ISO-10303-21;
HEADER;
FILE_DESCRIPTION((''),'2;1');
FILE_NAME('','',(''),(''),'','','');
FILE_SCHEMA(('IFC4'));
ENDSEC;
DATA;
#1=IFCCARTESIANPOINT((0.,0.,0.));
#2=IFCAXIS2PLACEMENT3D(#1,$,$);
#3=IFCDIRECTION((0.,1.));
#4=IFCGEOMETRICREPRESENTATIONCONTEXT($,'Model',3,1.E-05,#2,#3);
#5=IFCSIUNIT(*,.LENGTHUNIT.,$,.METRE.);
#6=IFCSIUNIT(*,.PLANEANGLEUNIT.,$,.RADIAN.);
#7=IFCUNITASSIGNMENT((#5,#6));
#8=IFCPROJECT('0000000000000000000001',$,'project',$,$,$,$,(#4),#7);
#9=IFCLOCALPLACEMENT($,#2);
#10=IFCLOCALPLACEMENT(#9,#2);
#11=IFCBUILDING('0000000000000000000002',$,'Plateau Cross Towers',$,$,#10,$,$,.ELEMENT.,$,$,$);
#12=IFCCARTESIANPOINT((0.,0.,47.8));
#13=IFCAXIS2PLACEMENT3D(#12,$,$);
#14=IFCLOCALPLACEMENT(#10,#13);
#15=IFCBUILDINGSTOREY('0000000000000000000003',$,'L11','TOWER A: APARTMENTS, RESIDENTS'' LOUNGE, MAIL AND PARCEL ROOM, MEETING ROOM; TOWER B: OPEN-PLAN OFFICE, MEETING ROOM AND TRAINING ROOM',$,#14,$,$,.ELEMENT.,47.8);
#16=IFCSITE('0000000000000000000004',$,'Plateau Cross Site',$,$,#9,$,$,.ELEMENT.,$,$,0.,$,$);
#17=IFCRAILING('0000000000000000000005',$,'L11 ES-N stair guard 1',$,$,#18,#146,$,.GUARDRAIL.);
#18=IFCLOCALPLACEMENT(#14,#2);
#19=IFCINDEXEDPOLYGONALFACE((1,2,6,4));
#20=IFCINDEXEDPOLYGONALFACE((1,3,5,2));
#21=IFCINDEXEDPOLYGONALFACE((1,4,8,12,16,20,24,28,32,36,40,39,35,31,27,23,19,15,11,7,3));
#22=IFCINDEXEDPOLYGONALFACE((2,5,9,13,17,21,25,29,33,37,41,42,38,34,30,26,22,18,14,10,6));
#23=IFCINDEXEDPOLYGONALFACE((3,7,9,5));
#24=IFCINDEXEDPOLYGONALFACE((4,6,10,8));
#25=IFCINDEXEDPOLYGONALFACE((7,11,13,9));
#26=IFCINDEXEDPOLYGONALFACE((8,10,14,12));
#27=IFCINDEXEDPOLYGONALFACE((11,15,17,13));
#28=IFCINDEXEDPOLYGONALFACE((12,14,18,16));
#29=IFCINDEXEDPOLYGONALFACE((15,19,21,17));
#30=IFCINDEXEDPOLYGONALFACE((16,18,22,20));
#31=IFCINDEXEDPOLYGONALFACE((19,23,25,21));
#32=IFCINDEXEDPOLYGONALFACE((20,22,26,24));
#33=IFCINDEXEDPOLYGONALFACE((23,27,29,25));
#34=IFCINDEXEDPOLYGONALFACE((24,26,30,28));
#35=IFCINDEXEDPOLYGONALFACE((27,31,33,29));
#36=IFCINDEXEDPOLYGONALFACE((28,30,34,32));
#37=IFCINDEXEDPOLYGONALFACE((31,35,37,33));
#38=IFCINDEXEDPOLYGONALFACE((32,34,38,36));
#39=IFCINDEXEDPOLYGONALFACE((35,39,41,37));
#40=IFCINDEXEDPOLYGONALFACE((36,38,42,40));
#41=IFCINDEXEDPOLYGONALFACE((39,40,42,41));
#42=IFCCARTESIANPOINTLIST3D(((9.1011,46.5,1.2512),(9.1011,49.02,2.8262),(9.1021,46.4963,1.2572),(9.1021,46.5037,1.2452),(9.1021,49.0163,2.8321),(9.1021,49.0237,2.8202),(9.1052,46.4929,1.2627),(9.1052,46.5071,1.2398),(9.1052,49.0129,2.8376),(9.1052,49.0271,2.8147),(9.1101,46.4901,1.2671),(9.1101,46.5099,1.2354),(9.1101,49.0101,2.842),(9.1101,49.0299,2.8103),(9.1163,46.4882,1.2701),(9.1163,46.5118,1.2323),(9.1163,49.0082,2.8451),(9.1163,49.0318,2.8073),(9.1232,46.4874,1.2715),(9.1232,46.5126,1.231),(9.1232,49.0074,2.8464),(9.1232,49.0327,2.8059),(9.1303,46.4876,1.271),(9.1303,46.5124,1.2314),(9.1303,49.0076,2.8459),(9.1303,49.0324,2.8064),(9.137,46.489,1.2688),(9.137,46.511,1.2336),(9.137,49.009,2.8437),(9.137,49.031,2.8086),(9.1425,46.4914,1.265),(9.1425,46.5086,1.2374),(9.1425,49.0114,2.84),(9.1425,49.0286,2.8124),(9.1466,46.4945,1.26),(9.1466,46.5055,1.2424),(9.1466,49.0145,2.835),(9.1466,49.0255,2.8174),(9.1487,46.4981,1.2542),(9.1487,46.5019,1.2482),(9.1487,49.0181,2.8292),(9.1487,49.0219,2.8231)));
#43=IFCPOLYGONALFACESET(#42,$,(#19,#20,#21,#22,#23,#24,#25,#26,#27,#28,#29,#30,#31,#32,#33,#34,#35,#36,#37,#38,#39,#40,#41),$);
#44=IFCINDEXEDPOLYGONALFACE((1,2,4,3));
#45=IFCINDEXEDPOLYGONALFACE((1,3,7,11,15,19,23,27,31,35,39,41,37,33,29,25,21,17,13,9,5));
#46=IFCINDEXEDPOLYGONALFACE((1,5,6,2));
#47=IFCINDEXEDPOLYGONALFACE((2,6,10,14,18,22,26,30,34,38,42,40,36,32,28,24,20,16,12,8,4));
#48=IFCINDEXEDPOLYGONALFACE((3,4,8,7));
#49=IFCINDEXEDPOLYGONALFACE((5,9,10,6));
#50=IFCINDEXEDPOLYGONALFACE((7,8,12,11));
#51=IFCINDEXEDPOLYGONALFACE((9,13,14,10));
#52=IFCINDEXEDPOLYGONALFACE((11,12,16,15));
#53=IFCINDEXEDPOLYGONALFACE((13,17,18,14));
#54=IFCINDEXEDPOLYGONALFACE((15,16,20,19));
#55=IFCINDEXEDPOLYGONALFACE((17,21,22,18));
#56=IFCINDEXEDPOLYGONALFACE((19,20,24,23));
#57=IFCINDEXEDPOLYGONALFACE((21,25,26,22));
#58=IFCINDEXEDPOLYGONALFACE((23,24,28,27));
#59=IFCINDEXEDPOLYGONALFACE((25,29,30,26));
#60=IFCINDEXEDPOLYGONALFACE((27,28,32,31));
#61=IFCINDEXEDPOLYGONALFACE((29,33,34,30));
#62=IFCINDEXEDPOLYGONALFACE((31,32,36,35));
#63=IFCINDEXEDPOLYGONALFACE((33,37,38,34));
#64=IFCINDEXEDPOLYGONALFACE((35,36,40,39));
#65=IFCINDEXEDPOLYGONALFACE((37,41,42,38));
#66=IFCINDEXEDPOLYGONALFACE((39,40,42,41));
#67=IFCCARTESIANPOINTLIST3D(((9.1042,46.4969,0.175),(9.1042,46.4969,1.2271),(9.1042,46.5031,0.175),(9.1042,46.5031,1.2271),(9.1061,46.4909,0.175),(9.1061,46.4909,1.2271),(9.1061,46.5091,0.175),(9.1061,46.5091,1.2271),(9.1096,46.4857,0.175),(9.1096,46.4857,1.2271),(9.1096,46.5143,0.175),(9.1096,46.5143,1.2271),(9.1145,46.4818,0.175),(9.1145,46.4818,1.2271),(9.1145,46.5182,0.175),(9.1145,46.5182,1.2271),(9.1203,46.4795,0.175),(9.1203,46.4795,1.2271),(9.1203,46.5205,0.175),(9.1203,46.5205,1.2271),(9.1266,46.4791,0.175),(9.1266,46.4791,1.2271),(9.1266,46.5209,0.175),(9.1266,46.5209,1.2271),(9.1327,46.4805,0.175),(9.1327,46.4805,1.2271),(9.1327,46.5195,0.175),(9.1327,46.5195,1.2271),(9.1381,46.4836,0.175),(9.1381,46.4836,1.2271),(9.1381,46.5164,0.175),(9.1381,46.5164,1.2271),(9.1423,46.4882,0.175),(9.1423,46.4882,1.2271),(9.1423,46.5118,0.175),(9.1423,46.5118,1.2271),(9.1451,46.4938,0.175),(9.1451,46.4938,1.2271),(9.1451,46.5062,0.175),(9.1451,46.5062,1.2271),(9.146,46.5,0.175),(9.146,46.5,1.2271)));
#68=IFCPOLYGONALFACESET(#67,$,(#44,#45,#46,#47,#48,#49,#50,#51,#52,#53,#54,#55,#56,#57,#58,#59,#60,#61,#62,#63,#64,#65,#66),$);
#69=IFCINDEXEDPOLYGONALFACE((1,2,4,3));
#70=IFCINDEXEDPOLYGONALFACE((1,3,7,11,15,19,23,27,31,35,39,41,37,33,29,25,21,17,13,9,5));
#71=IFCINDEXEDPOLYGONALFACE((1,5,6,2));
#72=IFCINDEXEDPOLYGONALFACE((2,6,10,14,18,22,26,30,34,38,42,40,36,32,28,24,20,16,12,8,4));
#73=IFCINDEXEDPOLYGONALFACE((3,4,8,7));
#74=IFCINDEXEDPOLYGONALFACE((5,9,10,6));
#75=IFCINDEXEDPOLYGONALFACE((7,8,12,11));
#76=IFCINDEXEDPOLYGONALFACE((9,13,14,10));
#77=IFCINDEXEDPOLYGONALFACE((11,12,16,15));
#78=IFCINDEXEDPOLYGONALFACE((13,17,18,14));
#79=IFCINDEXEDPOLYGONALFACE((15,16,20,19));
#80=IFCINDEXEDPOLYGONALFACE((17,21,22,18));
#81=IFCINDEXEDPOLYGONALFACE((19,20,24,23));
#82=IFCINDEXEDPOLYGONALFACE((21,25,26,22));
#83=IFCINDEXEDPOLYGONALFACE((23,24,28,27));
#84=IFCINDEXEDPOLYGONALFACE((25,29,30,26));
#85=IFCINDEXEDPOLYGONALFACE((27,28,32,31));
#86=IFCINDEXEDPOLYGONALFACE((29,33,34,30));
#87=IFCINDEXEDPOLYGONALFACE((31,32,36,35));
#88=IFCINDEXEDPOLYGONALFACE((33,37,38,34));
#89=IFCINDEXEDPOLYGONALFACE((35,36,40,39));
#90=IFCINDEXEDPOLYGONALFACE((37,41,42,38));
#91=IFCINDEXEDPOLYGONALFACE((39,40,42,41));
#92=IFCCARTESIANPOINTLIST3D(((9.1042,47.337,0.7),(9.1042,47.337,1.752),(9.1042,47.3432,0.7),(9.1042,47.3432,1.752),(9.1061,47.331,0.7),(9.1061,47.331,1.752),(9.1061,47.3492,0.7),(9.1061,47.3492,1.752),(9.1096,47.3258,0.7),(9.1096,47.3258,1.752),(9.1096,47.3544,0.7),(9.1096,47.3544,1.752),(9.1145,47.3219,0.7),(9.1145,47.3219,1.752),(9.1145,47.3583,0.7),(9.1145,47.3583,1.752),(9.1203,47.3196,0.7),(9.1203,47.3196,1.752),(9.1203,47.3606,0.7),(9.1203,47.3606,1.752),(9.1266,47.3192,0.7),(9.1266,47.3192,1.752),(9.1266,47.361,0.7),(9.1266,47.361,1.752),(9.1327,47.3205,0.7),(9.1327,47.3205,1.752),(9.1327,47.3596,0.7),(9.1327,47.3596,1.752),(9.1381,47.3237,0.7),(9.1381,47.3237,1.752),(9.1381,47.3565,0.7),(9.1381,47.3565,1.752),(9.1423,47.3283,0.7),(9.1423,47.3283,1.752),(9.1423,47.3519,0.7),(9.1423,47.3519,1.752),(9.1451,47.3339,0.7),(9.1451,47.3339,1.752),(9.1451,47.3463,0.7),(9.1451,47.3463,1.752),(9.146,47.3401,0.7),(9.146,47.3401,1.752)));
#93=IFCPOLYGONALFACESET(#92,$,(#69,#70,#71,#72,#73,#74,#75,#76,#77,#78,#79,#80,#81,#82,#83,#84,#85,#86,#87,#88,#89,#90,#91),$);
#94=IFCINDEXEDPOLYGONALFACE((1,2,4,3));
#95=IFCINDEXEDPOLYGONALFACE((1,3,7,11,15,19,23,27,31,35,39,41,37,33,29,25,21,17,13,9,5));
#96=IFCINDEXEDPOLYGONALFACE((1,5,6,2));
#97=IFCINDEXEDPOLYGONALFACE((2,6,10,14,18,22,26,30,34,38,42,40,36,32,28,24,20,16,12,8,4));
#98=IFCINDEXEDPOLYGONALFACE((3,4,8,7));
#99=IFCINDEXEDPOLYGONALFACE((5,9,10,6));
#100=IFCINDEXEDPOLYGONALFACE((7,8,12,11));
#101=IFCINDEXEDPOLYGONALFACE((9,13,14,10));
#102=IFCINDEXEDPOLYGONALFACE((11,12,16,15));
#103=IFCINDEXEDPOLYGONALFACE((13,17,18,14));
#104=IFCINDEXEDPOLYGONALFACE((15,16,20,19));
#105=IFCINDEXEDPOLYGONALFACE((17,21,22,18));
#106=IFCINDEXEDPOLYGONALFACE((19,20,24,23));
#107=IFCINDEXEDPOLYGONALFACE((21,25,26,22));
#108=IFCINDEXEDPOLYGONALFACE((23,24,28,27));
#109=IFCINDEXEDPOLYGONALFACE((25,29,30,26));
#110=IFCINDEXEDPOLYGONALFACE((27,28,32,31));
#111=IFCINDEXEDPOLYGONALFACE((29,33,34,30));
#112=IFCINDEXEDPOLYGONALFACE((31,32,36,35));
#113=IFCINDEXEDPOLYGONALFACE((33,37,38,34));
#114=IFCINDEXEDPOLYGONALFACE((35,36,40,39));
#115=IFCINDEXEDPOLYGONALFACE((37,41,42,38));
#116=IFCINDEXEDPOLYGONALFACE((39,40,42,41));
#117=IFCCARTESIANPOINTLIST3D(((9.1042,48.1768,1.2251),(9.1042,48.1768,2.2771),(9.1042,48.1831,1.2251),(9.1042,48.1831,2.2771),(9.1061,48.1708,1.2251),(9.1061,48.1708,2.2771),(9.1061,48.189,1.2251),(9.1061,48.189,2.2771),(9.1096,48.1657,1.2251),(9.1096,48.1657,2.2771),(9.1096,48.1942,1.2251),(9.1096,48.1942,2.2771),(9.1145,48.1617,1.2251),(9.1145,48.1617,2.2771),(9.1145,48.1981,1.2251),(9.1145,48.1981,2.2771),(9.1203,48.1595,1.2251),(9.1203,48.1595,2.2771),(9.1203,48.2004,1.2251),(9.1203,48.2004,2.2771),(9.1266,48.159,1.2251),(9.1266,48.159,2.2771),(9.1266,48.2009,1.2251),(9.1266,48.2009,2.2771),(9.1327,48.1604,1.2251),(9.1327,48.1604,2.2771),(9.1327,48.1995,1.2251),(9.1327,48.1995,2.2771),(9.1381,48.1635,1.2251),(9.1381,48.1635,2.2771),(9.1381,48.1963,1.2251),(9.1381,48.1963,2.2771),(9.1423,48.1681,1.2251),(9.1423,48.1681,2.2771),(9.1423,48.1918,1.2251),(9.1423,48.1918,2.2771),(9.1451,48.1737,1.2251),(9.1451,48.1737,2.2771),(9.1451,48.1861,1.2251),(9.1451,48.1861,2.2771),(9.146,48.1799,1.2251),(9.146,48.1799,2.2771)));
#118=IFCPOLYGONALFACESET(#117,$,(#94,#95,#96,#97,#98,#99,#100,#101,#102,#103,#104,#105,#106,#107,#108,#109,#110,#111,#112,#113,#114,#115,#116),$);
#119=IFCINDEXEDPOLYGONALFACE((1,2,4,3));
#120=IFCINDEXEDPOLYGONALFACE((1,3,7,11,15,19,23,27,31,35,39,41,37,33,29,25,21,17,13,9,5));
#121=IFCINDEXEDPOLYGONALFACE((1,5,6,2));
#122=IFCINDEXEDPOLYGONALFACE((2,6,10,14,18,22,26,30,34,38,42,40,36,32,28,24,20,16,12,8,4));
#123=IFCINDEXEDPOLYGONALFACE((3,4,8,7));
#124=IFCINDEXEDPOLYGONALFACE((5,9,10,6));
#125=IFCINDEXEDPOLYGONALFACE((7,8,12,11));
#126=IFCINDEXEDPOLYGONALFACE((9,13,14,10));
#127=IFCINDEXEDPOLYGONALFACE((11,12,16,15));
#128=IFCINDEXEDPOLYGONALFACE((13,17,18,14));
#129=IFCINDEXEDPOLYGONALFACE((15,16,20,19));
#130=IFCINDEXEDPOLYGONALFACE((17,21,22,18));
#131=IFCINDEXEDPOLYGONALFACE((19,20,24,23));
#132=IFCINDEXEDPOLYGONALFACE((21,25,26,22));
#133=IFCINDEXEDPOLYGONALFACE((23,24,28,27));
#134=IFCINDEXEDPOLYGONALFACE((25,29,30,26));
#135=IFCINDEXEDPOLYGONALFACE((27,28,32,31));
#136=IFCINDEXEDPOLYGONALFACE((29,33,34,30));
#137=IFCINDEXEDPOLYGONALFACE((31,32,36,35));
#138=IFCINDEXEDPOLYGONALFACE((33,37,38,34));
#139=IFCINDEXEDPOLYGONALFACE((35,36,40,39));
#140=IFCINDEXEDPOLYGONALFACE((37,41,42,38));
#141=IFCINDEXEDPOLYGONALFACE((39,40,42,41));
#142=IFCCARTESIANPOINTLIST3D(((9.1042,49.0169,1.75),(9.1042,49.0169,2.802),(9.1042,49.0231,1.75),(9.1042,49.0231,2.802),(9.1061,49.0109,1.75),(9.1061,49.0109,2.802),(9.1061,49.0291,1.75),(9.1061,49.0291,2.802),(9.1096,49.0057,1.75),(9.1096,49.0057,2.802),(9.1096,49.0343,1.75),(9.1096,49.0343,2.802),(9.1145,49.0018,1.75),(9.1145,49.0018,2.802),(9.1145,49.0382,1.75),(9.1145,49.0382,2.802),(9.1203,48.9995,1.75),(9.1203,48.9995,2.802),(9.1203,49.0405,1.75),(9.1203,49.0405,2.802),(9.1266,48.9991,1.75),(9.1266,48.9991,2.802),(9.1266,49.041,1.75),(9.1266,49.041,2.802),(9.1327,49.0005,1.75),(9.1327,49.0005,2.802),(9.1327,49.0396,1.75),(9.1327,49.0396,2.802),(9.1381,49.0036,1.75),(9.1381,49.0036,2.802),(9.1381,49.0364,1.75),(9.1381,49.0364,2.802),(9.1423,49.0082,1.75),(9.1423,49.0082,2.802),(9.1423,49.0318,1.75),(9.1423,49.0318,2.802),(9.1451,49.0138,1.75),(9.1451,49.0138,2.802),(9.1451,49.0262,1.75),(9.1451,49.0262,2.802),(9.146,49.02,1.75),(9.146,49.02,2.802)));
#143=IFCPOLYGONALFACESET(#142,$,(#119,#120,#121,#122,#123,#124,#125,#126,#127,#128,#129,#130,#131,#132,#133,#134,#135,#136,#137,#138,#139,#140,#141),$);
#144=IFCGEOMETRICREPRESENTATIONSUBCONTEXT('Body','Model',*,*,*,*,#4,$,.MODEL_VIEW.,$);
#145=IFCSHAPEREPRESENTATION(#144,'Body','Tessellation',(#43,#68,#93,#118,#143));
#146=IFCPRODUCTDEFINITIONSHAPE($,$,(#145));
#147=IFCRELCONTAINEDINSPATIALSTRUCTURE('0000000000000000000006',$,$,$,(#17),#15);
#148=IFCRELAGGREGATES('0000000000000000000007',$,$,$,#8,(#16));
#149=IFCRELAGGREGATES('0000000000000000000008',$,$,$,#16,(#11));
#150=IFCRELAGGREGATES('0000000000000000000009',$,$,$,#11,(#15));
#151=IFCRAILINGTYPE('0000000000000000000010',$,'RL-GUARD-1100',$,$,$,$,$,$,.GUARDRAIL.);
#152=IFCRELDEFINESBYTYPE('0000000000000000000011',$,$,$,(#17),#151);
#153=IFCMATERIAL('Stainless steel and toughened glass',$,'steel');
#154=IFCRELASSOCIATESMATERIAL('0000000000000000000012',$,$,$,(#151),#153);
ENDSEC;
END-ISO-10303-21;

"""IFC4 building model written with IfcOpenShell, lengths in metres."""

from ifc_helpers import new_model, si_unit, direction, frame, origin, origin_2d, place, context, subcontext, project, spatial, circle, extrude, material, type_object, element, save


model = new_model("IFC4")

# Units and contexts
model_context = context("Model", 3, precision=1e-05, world=origin(), true_north=direction((0.0, 1.0)))
body_context = subcontext(model_context, "Body", "Model", "MODEL_VIEW")
ifc_project = project(units=[si_unit("LENGTHUNIT", "METRE"), si_unit("PLANEANGLEUNIT", "RADIAN")], contexts=[model_context])

# Site, building, storey
site_placement = place(None, origin())
site = spatial("IfcSite", under=ifc_project, at=site_placement, Name="Plateau Cross Site", CompositionType="ELEMENT", RefElevation=0.0)
building_placement = place(site_placement, origin())
building = spatial("IfcBuilding", under=site, at=building_placement, Name="Plateau Cross Towers", CompositionType="ELEMENT")
storey_placement = place(building_placement, frame((0.0, 0.0, 47.8)))
storey = spatial("IfcBuildingStorey", under=building, at=storey_placement, Name="L11", Description="TOWER A: APARTMENTS, RESIDENTS' LOUNGE, MAIL AND PARCEL ROOM, MEETING ROOM; TOWER B: OPEN-PLAN OFFICE, MEETING ROOM AND TRAINING ROOM", CompositionType="ELEMENT", Elevation=47.8)

# Railing
ifc_material_1 = material(Name="Stainless steel and toughened glass", Category="steel")
railing_type_1 = type_object("IfcRailingType", Name="RL-GUARD-1100", PredefinedType="GUARDRAIL", material=ifc_material_1)
railing_1_placement = place(storey_placement, frame((9.125, 46.5, 0.175)))
element("IfcRailing", 1, at=railing_1_placement, inside=storey, type_object=railing_type_1, Name="L11 ES-N stair guard 1", PredefinedType="GUARDRAIL", context=body_context, shape_type="SweptSolid", body=[
    extrude(circle(Radius=0.0239, at=origin_2d()), frame((0.0, 0.0, 1.0762), z_axis=(0.0, 0.848008, 0.529984), x_axis=(-1.0, 0.0, 0.0)), (0.0, 0.0, 1.0), 2.9717),
    extrude(circle(Radius=0.021, at=origin_2d()), origin(), (0.0, 0.0, 1.0), 1.052),
    extrude(circle(Radius=0.021, at=origin_2d()), frame((0.0, 0.8401, 0.5249)), (0.0, 0.0, 1.0), 1.052),
    extrude(circle(Radius=0.021, at=origin_2d()), frame((0.0, 1.6799, 1.05)), (0.0, 0.0, 1.0), 1.052),
    extrude(circle(Radius=0.021, at=origin_2d()), frame((0.0, 2.52, 1.575)), (0.0, 0.0, 1.0), 1.052),
])

save(model, "model.ifc")
